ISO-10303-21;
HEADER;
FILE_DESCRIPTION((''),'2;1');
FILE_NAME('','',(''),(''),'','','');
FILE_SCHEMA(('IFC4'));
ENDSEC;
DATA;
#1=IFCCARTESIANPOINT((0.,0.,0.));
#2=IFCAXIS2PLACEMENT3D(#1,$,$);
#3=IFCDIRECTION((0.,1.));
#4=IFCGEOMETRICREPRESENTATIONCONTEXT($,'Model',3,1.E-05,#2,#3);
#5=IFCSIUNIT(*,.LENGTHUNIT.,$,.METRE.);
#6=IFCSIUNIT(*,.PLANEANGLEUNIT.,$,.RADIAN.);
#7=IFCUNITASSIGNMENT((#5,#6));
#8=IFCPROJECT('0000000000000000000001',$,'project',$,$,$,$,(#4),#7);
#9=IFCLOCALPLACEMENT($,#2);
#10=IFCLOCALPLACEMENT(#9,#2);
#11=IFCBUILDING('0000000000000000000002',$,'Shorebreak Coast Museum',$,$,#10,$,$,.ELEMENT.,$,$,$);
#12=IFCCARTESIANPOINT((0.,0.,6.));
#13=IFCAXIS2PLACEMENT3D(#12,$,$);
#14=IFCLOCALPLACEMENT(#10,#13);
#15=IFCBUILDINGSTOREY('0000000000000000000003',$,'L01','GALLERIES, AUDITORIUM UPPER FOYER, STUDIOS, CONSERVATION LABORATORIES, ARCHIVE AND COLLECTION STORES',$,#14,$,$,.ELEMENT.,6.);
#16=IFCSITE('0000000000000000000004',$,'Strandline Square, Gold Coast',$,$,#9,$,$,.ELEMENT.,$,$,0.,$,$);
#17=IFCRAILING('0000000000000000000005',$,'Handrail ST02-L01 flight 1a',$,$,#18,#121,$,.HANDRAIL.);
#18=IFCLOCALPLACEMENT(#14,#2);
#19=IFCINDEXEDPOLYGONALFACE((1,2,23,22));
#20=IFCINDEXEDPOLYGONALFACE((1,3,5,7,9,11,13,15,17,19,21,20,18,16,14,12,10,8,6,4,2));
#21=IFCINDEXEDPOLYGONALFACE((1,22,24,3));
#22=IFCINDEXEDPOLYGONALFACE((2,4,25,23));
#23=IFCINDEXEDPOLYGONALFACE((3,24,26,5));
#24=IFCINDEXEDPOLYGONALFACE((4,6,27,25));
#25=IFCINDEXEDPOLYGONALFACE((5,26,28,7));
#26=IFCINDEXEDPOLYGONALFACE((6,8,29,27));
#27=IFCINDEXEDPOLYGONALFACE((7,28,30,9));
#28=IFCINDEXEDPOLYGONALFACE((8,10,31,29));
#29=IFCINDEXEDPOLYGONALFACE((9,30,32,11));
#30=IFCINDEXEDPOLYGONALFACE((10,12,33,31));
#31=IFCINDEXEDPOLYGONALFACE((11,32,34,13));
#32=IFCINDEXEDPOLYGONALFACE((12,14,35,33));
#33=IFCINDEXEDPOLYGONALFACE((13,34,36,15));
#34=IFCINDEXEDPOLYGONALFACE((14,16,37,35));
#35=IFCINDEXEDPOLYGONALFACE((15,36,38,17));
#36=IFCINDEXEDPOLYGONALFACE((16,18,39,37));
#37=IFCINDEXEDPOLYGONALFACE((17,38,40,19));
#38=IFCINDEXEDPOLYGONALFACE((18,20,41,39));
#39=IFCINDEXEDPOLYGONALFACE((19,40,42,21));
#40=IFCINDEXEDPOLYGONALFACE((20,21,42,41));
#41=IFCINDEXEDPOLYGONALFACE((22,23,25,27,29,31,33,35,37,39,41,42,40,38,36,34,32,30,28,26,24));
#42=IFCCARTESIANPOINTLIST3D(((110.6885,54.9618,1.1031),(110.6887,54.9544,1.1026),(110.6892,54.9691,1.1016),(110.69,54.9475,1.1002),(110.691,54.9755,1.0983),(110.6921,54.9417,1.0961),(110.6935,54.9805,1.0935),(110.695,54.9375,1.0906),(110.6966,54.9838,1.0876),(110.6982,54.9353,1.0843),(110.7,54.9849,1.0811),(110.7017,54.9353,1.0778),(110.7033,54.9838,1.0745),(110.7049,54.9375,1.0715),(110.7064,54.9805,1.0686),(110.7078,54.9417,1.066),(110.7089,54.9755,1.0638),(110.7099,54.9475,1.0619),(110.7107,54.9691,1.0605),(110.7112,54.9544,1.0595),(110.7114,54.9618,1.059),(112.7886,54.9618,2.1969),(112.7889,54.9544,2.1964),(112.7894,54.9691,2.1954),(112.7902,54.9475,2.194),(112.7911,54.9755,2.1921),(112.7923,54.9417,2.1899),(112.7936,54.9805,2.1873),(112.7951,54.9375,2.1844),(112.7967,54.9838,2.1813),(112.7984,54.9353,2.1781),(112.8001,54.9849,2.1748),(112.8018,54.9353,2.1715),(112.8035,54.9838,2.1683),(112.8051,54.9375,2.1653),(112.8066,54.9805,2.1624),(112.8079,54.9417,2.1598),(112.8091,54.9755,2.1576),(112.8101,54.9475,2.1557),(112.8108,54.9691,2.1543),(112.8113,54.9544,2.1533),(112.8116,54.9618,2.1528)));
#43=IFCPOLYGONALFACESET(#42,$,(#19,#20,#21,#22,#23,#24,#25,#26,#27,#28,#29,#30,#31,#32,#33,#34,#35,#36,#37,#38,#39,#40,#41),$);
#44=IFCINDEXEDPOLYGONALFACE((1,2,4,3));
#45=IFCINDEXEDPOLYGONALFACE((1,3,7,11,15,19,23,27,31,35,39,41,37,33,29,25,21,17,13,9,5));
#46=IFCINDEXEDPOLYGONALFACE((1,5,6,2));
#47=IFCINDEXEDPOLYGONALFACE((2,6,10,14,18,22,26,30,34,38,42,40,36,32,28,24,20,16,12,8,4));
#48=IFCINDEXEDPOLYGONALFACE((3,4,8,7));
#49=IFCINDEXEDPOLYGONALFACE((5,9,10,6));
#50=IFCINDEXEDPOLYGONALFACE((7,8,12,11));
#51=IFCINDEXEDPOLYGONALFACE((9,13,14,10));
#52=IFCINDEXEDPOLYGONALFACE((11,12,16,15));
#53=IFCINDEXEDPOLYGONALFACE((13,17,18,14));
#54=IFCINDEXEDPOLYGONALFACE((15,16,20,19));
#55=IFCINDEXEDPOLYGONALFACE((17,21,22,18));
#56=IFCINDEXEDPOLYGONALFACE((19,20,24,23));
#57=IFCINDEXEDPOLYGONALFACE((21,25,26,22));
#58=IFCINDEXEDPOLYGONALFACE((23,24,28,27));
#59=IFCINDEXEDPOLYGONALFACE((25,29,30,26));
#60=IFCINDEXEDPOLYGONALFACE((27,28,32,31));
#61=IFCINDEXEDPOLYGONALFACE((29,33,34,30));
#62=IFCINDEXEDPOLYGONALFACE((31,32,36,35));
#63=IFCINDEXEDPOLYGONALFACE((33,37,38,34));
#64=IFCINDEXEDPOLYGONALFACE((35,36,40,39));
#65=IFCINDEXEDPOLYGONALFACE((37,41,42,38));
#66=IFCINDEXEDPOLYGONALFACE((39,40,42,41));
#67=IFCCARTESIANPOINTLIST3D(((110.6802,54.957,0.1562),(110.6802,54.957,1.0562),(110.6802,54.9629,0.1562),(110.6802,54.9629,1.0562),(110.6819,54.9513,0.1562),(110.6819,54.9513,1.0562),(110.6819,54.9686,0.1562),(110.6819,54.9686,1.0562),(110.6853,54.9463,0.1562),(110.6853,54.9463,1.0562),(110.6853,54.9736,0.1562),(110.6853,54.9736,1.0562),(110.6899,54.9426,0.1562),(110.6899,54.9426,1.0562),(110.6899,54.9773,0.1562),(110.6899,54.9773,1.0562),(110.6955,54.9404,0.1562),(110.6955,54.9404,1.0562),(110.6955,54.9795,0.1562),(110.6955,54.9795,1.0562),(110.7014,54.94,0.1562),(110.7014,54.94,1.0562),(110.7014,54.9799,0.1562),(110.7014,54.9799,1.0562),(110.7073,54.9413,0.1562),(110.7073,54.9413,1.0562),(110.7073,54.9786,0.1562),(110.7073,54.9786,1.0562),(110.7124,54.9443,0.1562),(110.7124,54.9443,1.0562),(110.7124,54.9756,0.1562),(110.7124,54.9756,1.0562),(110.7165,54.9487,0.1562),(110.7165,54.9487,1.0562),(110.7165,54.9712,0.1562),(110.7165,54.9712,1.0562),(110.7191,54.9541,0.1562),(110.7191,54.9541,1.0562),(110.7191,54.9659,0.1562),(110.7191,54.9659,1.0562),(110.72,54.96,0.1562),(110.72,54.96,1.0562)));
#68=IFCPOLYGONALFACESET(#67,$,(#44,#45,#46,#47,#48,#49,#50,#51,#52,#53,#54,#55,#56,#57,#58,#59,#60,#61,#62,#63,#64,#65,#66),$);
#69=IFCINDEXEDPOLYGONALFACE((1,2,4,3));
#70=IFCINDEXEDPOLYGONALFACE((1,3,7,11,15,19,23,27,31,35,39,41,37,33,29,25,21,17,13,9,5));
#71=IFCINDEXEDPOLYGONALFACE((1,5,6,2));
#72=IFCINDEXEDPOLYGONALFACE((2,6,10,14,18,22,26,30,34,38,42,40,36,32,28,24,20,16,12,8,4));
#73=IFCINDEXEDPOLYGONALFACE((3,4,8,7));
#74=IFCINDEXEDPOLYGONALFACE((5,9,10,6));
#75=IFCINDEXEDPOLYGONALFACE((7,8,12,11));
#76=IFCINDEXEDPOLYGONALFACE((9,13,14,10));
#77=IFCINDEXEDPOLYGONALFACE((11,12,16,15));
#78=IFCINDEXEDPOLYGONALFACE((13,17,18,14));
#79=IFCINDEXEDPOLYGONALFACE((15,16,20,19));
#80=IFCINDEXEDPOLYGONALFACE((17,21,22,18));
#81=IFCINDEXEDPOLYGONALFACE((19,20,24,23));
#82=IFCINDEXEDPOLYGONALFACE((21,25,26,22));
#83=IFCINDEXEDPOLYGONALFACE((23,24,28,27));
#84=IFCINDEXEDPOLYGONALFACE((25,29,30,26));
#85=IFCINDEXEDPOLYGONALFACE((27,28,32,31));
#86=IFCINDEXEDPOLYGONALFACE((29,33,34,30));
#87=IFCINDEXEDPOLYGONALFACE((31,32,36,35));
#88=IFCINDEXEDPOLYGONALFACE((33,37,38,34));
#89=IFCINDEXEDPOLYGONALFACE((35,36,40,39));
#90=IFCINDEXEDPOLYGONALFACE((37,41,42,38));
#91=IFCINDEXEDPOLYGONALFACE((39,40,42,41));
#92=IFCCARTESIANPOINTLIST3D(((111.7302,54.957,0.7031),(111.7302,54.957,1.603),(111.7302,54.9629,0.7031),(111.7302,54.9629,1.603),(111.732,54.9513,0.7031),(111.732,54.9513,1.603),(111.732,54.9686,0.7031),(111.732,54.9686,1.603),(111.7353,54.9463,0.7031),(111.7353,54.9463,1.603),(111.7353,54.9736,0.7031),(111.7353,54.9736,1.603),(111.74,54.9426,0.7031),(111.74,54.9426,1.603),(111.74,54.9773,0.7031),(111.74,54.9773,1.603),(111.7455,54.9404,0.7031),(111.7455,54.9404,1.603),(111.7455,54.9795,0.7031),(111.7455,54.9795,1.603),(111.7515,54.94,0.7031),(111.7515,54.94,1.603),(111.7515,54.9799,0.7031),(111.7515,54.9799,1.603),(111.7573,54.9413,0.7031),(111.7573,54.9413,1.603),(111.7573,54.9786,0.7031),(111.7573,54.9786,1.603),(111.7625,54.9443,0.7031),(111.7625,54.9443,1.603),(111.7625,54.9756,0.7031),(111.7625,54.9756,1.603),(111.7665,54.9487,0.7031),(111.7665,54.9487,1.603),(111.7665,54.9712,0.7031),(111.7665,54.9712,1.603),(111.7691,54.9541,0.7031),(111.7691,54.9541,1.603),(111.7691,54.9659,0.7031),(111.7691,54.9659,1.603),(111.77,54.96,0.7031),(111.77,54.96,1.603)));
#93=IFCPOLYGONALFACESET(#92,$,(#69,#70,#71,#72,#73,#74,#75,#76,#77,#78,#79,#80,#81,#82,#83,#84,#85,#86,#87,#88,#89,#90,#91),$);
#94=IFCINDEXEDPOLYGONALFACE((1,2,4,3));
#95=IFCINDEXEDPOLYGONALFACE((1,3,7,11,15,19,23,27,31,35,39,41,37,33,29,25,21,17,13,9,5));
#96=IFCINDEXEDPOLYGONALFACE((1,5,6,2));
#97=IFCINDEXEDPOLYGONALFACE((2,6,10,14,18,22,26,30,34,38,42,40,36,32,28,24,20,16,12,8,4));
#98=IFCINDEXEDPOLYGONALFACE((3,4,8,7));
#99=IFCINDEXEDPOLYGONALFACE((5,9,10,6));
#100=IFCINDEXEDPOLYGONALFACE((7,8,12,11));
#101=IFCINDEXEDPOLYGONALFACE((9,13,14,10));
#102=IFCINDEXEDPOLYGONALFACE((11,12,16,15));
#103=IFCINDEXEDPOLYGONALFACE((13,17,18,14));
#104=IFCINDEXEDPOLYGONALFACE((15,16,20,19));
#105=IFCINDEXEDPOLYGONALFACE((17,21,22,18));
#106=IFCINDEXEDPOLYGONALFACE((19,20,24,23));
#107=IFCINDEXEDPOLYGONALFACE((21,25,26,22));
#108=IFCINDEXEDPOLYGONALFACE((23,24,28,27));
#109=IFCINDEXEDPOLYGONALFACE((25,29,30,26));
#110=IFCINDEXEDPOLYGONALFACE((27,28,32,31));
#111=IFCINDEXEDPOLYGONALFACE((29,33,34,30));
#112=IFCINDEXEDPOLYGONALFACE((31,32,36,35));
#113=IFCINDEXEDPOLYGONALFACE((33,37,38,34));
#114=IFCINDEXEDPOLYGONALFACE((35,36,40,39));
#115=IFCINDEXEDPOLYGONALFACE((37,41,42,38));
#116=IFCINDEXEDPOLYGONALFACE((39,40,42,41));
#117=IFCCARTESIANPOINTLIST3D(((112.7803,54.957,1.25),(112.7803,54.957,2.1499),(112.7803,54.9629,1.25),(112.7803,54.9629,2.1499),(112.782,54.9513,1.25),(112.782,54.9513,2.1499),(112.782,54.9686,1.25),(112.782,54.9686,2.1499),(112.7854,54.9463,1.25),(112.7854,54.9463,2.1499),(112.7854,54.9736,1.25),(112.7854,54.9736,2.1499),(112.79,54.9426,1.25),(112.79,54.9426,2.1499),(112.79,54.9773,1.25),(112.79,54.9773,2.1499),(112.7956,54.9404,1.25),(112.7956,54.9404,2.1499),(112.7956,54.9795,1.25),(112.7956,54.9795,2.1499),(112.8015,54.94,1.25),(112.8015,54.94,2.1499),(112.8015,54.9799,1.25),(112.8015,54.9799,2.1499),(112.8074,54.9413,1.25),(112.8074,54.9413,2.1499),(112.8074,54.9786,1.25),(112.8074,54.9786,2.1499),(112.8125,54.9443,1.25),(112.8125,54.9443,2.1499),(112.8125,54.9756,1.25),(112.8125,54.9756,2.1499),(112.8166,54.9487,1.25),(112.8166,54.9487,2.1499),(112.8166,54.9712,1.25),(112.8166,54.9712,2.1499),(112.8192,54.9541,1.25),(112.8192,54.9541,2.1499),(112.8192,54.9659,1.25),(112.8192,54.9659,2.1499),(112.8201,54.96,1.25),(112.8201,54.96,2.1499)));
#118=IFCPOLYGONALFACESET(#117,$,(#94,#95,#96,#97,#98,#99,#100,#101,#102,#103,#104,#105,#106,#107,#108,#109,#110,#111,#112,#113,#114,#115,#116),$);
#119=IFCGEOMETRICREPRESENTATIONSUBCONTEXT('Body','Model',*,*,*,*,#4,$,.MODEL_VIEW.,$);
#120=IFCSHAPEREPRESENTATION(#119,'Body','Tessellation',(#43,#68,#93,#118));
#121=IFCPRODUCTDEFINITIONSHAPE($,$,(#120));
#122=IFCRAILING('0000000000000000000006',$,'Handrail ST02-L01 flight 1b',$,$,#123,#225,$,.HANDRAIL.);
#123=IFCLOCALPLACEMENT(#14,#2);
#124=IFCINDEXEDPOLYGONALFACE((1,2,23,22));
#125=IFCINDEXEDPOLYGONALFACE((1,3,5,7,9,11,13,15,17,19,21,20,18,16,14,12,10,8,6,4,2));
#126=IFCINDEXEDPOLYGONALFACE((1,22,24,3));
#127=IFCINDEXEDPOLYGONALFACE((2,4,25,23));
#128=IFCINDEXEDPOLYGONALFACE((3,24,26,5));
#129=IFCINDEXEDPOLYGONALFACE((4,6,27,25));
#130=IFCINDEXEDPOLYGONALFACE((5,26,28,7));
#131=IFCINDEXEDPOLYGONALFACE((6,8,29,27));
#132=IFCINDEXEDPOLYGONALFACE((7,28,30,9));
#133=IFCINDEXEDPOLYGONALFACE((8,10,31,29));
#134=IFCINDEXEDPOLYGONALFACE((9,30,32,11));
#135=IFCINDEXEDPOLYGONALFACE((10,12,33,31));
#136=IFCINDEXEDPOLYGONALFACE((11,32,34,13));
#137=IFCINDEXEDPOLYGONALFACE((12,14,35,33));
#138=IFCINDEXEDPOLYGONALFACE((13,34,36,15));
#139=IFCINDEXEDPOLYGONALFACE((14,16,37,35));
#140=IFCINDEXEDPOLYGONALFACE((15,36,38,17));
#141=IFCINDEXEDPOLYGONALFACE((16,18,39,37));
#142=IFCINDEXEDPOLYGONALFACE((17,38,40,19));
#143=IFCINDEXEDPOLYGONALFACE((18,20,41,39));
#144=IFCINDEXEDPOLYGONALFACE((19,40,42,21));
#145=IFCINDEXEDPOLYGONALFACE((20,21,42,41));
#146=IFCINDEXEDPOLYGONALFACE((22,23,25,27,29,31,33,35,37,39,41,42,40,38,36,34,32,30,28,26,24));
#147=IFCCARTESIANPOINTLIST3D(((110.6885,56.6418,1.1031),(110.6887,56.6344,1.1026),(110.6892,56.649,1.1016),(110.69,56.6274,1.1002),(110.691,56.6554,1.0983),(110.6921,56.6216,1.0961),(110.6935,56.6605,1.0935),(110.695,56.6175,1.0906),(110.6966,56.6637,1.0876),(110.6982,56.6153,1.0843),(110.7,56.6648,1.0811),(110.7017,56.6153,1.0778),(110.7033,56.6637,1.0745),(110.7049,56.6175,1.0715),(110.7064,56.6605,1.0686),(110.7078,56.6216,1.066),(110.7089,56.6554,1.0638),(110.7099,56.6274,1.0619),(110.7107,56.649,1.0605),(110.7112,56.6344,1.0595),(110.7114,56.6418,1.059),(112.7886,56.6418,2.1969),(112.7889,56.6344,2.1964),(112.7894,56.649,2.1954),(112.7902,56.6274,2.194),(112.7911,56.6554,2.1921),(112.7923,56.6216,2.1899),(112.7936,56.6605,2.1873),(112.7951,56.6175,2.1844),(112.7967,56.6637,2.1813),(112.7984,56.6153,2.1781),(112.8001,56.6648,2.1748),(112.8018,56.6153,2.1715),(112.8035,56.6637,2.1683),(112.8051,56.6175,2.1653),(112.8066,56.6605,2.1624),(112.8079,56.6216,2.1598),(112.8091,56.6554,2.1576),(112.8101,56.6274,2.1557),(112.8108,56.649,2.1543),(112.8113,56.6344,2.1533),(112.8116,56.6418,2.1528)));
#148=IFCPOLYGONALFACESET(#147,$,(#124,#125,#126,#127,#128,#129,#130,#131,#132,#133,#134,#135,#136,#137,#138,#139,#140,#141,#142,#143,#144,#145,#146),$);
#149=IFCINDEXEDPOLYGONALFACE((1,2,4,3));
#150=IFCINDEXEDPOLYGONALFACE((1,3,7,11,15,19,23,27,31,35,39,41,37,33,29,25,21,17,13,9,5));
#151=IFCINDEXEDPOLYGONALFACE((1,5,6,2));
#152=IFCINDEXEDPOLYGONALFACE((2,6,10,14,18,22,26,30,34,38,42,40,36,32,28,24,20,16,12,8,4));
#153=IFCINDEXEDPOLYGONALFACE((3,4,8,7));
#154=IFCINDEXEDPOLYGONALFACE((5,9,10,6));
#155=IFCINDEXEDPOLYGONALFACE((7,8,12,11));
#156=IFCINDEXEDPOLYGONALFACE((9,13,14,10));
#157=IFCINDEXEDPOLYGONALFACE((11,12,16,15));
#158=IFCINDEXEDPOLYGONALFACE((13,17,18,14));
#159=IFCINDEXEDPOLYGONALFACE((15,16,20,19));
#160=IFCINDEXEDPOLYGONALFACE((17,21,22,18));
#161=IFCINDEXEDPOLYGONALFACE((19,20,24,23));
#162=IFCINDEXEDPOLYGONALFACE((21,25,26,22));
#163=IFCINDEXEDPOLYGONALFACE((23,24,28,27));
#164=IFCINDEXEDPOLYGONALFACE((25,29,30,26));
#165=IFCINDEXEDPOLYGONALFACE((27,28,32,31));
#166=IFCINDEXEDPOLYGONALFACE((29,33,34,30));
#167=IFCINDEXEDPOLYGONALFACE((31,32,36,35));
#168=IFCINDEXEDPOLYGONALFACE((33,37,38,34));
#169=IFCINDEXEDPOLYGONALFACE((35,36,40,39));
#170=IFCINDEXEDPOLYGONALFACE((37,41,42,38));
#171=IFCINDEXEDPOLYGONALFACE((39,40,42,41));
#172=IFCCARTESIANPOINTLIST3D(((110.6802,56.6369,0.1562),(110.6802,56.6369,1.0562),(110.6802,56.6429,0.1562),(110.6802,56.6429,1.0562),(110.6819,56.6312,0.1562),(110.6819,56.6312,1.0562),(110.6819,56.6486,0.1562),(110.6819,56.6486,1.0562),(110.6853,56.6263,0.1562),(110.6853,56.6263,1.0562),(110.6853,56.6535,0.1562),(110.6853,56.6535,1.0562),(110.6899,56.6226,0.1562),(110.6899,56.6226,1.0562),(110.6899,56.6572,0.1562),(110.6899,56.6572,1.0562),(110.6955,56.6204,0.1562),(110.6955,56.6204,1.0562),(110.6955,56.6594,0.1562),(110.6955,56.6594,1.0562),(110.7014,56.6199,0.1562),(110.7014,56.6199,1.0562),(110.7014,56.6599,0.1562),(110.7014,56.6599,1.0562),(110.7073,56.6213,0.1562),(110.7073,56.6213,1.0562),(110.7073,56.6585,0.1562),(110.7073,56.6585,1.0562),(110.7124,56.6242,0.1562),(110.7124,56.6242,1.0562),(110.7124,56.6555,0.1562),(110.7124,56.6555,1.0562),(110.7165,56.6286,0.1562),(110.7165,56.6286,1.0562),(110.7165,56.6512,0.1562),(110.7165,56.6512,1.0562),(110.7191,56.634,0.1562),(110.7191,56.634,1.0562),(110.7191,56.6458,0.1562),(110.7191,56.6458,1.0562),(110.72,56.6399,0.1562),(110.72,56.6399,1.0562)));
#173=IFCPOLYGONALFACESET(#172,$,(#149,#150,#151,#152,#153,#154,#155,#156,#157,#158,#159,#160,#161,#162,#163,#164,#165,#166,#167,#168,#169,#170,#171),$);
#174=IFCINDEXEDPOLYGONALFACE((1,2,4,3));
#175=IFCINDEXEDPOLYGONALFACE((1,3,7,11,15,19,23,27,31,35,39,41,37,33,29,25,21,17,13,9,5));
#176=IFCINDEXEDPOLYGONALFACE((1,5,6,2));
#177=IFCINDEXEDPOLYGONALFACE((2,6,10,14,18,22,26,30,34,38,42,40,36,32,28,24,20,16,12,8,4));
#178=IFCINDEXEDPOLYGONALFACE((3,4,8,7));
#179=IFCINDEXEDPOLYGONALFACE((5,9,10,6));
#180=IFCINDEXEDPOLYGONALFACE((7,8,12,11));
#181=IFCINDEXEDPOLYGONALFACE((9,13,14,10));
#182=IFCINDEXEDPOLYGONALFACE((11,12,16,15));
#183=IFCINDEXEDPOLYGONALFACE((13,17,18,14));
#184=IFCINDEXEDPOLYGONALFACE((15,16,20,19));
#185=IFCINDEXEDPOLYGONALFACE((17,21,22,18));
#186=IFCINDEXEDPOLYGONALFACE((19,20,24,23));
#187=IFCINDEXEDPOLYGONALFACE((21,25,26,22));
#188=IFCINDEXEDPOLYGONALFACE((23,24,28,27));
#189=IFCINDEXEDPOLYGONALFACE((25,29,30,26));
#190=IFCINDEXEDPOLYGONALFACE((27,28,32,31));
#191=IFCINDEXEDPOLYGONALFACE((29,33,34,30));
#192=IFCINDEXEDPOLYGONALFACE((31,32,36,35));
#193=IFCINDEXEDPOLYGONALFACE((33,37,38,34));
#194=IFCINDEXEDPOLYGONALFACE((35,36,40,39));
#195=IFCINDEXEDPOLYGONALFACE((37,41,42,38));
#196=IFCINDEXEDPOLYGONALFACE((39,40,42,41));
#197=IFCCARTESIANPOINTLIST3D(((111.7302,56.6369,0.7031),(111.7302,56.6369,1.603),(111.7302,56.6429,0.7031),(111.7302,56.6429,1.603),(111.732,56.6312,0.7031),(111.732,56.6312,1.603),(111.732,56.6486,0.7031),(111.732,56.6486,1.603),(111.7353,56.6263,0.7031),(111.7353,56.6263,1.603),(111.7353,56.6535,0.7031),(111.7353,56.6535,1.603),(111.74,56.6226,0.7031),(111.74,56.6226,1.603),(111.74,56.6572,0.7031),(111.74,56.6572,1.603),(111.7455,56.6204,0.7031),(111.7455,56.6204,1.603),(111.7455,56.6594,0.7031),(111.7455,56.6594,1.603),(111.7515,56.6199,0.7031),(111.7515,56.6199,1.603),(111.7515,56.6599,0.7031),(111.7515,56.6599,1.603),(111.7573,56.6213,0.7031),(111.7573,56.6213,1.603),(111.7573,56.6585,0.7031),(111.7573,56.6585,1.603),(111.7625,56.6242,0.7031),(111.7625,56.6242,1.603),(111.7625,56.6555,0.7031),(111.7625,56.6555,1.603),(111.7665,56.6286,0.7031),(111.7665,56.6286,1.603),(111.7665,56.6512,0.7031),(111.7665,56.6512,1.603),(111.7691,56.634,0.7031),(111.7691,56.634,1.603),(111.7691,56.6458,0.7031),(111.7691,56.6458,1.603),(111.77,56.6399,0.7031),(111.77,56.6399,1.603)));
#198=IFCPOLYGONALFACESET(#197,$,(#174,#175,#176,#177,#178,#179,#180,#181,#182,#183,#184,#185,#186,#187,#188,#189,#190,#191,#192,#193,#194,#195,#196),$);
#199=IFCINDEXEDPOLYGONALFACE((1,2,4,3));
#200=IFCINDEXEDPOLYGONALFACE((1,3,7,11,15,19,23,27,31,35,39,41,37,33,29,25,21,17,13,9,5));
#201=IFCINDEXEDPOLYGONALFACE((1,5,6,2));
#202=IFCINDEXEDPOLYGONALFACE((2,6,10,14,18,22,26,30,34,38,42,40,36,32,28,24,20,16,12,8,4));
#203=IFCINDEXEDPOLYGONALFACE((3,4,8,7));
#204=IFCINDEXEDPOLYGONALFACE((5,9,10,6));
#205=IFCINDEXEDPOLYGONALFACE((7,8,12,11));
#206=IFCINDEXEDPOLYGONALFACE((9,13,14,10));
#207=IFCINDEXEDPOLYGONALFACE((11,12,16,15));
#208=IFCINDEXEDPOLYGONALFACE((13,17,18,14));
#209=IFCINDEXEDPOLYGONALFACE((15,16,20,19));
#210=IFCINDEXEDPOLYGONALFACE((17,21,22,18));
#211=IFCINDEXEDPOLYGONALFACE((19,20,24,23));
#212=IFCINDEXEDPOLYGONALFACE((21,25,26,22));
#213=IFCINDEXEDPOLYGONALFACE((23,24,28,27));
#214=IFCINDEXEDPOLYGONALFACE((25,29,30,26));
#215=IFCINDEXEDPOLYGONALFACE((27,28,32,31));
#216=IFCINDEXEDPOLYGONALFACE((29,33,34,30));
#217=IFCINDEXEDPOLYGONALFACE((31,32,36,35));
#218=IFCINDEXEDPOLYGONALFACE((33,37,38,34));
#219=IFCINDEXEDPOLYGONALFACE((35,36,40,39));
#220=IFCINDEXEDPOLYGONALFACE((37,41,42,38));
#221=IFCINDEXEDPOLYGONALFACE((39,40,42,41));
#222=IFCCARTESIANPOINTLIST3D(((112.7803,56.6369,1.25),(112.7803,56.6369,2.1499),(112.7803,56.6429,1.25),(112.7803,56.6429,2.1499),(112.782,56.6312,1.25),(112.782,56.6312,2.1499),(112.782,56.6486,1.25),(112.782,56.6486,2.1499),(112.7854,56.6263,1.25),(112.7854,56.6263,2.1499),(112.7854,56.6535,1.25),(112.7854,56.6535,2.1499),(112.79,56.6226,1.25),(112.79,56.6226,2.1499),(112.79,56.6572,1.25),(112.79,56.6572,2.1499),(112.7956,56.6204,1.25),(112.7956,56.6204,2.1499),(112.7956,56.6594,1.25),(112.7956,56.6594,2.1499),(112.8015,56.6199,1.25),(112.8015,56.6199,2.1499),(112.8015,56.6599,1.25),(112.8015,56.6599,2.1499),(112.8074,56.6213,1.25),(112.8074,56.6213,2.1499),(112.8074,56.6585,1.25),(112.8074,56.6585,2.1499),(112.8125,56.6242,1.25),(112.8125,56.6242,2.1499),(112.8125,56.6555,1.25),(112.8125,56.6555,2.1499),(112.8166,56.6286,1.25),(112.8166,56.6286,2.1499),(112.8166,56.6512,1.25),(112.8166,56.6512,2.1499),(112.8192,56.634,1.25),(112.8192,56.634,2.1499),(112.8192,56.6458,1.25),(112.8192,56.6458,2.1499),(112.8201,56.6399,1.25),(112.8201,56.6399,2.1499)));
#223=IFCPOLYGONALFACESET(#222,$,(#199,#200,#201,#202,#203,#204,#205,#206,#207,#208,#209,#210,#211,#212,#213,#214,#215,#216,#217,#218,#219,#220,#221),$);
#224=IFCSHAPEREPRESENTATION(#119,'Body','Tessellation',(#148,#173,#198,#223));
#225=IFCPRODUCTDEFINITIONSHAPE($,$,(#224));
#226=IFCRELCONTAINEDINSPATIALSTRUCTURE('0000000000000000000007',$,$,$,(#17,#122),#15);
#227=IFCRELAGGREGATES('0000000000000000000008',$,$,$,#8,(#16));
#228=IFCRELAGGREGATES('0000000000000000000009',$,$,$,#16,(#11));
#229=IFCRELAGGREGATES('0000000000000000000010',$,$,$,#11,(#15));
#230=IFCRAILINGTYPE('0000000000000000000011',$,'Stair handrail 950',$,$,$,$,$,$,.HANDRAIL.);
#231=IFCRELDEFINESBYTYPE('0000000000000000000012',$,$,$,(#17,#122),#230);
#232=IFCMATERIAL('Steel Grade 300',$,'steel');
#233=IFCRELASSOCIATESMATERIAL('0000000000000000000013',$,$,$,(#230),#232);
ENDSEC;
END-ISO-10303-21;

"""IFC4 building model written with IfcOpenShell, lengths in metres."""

from ifc_helpers import new_model, si_unit, direction, frame, origin, origin_2d, place, context, subcontext, project, spatial, circle, extrude, material, type_object, element, save


model = new_model("IFC4")

# Units and contexts
model_context = context("Model", 3, precision=1e-05, world=origin(), true_north=direction((0.0, 1.0)))
body_context = subcontext(model_context, "Body", "Model", "MODEL_VIEW")
ifc_project = project(units=[si_unit("LENGTHUNIT", "METRE"), si_unit("PLANEANGLEUNIT", "RADIAN")], contexts=[model_context])

# Site, building, storey
site_placement = place(None, origin())
site = spatial("IfcSite", under=ifc_project, at=site_placement, Name="Strandline Square, Gold Coast", CompositionType="ELEMENT", RefElevation=0.0)
building_placement = place(site_placement, origin())
building = spatial("IfcBuilding", under=site, at=building_placement, Name="Shorebreak Coast Museum", CompositionType="ELEMENT")
storey_placement = place(building_placement, frame((0.0, 0.0, 6.0)))
storey = spatial("IfcBuildingStorey", under=building, at=storey_placement, Name="L01", Description="GALLERIES, AUDITORIUM UPPER FOYER, STUDIOS, CONSERVATION LABORATORIES, ARCHIVE AND COLLECTION STORES", CompositionType="ELEMENT", Elevation=6.0)

# Railings
ifc_material_1 = material(Name="Steel Grade 300", Category="steel")
railing_type_1 = type_object("IfcRailingType", Name="Stair handrail 950", PredefinedType="HANDRAIL", material=ifc_material_1)
for number, where, name in (
    (1, (110.7, 54.96, 0.1562), "Handrail ST02-L01 flight 1a"),
    (2, (110.7, 56.6399, 0.1562), "Handrail ST02-L01 flight 1b"),
):
    element("IfcRailing", number, at=place(storey_placement, frame(where)), inside=storey, type_object=railing_type_1, Name=name, PredefinedType="HANDRAIL", context=body_context, shape_type="SweptSolid", body=[
        extrude(circle(Radius=0.0249, at=origin_2d()), frame((0.0, 0.0, 0.9248), z_axis=(0.886923, 0.0, 0.461918), x_axis=(0.0, 1.0, 0.0)), (0.0, 0.0, 1.0), 2.3679),
        extrude(circle(Radius=0.02, at=origin_2d()), origin(), (0.0, 0.0, 1.0), 0.8999),
        extrude(circle(Radius=0.02, at=origin_2d()), frame((1.05, 0.0, 0.5469)), (0.0, 0.0, 1.0), 0.8999),
        extrude(circle(Radius=0.02, at=origin_2d()), frame((2.1001, 0.0, 1.0938)), (0.0, 0.0, 1.0), 0.8999),
    ])

save(model, "model.ifc")
